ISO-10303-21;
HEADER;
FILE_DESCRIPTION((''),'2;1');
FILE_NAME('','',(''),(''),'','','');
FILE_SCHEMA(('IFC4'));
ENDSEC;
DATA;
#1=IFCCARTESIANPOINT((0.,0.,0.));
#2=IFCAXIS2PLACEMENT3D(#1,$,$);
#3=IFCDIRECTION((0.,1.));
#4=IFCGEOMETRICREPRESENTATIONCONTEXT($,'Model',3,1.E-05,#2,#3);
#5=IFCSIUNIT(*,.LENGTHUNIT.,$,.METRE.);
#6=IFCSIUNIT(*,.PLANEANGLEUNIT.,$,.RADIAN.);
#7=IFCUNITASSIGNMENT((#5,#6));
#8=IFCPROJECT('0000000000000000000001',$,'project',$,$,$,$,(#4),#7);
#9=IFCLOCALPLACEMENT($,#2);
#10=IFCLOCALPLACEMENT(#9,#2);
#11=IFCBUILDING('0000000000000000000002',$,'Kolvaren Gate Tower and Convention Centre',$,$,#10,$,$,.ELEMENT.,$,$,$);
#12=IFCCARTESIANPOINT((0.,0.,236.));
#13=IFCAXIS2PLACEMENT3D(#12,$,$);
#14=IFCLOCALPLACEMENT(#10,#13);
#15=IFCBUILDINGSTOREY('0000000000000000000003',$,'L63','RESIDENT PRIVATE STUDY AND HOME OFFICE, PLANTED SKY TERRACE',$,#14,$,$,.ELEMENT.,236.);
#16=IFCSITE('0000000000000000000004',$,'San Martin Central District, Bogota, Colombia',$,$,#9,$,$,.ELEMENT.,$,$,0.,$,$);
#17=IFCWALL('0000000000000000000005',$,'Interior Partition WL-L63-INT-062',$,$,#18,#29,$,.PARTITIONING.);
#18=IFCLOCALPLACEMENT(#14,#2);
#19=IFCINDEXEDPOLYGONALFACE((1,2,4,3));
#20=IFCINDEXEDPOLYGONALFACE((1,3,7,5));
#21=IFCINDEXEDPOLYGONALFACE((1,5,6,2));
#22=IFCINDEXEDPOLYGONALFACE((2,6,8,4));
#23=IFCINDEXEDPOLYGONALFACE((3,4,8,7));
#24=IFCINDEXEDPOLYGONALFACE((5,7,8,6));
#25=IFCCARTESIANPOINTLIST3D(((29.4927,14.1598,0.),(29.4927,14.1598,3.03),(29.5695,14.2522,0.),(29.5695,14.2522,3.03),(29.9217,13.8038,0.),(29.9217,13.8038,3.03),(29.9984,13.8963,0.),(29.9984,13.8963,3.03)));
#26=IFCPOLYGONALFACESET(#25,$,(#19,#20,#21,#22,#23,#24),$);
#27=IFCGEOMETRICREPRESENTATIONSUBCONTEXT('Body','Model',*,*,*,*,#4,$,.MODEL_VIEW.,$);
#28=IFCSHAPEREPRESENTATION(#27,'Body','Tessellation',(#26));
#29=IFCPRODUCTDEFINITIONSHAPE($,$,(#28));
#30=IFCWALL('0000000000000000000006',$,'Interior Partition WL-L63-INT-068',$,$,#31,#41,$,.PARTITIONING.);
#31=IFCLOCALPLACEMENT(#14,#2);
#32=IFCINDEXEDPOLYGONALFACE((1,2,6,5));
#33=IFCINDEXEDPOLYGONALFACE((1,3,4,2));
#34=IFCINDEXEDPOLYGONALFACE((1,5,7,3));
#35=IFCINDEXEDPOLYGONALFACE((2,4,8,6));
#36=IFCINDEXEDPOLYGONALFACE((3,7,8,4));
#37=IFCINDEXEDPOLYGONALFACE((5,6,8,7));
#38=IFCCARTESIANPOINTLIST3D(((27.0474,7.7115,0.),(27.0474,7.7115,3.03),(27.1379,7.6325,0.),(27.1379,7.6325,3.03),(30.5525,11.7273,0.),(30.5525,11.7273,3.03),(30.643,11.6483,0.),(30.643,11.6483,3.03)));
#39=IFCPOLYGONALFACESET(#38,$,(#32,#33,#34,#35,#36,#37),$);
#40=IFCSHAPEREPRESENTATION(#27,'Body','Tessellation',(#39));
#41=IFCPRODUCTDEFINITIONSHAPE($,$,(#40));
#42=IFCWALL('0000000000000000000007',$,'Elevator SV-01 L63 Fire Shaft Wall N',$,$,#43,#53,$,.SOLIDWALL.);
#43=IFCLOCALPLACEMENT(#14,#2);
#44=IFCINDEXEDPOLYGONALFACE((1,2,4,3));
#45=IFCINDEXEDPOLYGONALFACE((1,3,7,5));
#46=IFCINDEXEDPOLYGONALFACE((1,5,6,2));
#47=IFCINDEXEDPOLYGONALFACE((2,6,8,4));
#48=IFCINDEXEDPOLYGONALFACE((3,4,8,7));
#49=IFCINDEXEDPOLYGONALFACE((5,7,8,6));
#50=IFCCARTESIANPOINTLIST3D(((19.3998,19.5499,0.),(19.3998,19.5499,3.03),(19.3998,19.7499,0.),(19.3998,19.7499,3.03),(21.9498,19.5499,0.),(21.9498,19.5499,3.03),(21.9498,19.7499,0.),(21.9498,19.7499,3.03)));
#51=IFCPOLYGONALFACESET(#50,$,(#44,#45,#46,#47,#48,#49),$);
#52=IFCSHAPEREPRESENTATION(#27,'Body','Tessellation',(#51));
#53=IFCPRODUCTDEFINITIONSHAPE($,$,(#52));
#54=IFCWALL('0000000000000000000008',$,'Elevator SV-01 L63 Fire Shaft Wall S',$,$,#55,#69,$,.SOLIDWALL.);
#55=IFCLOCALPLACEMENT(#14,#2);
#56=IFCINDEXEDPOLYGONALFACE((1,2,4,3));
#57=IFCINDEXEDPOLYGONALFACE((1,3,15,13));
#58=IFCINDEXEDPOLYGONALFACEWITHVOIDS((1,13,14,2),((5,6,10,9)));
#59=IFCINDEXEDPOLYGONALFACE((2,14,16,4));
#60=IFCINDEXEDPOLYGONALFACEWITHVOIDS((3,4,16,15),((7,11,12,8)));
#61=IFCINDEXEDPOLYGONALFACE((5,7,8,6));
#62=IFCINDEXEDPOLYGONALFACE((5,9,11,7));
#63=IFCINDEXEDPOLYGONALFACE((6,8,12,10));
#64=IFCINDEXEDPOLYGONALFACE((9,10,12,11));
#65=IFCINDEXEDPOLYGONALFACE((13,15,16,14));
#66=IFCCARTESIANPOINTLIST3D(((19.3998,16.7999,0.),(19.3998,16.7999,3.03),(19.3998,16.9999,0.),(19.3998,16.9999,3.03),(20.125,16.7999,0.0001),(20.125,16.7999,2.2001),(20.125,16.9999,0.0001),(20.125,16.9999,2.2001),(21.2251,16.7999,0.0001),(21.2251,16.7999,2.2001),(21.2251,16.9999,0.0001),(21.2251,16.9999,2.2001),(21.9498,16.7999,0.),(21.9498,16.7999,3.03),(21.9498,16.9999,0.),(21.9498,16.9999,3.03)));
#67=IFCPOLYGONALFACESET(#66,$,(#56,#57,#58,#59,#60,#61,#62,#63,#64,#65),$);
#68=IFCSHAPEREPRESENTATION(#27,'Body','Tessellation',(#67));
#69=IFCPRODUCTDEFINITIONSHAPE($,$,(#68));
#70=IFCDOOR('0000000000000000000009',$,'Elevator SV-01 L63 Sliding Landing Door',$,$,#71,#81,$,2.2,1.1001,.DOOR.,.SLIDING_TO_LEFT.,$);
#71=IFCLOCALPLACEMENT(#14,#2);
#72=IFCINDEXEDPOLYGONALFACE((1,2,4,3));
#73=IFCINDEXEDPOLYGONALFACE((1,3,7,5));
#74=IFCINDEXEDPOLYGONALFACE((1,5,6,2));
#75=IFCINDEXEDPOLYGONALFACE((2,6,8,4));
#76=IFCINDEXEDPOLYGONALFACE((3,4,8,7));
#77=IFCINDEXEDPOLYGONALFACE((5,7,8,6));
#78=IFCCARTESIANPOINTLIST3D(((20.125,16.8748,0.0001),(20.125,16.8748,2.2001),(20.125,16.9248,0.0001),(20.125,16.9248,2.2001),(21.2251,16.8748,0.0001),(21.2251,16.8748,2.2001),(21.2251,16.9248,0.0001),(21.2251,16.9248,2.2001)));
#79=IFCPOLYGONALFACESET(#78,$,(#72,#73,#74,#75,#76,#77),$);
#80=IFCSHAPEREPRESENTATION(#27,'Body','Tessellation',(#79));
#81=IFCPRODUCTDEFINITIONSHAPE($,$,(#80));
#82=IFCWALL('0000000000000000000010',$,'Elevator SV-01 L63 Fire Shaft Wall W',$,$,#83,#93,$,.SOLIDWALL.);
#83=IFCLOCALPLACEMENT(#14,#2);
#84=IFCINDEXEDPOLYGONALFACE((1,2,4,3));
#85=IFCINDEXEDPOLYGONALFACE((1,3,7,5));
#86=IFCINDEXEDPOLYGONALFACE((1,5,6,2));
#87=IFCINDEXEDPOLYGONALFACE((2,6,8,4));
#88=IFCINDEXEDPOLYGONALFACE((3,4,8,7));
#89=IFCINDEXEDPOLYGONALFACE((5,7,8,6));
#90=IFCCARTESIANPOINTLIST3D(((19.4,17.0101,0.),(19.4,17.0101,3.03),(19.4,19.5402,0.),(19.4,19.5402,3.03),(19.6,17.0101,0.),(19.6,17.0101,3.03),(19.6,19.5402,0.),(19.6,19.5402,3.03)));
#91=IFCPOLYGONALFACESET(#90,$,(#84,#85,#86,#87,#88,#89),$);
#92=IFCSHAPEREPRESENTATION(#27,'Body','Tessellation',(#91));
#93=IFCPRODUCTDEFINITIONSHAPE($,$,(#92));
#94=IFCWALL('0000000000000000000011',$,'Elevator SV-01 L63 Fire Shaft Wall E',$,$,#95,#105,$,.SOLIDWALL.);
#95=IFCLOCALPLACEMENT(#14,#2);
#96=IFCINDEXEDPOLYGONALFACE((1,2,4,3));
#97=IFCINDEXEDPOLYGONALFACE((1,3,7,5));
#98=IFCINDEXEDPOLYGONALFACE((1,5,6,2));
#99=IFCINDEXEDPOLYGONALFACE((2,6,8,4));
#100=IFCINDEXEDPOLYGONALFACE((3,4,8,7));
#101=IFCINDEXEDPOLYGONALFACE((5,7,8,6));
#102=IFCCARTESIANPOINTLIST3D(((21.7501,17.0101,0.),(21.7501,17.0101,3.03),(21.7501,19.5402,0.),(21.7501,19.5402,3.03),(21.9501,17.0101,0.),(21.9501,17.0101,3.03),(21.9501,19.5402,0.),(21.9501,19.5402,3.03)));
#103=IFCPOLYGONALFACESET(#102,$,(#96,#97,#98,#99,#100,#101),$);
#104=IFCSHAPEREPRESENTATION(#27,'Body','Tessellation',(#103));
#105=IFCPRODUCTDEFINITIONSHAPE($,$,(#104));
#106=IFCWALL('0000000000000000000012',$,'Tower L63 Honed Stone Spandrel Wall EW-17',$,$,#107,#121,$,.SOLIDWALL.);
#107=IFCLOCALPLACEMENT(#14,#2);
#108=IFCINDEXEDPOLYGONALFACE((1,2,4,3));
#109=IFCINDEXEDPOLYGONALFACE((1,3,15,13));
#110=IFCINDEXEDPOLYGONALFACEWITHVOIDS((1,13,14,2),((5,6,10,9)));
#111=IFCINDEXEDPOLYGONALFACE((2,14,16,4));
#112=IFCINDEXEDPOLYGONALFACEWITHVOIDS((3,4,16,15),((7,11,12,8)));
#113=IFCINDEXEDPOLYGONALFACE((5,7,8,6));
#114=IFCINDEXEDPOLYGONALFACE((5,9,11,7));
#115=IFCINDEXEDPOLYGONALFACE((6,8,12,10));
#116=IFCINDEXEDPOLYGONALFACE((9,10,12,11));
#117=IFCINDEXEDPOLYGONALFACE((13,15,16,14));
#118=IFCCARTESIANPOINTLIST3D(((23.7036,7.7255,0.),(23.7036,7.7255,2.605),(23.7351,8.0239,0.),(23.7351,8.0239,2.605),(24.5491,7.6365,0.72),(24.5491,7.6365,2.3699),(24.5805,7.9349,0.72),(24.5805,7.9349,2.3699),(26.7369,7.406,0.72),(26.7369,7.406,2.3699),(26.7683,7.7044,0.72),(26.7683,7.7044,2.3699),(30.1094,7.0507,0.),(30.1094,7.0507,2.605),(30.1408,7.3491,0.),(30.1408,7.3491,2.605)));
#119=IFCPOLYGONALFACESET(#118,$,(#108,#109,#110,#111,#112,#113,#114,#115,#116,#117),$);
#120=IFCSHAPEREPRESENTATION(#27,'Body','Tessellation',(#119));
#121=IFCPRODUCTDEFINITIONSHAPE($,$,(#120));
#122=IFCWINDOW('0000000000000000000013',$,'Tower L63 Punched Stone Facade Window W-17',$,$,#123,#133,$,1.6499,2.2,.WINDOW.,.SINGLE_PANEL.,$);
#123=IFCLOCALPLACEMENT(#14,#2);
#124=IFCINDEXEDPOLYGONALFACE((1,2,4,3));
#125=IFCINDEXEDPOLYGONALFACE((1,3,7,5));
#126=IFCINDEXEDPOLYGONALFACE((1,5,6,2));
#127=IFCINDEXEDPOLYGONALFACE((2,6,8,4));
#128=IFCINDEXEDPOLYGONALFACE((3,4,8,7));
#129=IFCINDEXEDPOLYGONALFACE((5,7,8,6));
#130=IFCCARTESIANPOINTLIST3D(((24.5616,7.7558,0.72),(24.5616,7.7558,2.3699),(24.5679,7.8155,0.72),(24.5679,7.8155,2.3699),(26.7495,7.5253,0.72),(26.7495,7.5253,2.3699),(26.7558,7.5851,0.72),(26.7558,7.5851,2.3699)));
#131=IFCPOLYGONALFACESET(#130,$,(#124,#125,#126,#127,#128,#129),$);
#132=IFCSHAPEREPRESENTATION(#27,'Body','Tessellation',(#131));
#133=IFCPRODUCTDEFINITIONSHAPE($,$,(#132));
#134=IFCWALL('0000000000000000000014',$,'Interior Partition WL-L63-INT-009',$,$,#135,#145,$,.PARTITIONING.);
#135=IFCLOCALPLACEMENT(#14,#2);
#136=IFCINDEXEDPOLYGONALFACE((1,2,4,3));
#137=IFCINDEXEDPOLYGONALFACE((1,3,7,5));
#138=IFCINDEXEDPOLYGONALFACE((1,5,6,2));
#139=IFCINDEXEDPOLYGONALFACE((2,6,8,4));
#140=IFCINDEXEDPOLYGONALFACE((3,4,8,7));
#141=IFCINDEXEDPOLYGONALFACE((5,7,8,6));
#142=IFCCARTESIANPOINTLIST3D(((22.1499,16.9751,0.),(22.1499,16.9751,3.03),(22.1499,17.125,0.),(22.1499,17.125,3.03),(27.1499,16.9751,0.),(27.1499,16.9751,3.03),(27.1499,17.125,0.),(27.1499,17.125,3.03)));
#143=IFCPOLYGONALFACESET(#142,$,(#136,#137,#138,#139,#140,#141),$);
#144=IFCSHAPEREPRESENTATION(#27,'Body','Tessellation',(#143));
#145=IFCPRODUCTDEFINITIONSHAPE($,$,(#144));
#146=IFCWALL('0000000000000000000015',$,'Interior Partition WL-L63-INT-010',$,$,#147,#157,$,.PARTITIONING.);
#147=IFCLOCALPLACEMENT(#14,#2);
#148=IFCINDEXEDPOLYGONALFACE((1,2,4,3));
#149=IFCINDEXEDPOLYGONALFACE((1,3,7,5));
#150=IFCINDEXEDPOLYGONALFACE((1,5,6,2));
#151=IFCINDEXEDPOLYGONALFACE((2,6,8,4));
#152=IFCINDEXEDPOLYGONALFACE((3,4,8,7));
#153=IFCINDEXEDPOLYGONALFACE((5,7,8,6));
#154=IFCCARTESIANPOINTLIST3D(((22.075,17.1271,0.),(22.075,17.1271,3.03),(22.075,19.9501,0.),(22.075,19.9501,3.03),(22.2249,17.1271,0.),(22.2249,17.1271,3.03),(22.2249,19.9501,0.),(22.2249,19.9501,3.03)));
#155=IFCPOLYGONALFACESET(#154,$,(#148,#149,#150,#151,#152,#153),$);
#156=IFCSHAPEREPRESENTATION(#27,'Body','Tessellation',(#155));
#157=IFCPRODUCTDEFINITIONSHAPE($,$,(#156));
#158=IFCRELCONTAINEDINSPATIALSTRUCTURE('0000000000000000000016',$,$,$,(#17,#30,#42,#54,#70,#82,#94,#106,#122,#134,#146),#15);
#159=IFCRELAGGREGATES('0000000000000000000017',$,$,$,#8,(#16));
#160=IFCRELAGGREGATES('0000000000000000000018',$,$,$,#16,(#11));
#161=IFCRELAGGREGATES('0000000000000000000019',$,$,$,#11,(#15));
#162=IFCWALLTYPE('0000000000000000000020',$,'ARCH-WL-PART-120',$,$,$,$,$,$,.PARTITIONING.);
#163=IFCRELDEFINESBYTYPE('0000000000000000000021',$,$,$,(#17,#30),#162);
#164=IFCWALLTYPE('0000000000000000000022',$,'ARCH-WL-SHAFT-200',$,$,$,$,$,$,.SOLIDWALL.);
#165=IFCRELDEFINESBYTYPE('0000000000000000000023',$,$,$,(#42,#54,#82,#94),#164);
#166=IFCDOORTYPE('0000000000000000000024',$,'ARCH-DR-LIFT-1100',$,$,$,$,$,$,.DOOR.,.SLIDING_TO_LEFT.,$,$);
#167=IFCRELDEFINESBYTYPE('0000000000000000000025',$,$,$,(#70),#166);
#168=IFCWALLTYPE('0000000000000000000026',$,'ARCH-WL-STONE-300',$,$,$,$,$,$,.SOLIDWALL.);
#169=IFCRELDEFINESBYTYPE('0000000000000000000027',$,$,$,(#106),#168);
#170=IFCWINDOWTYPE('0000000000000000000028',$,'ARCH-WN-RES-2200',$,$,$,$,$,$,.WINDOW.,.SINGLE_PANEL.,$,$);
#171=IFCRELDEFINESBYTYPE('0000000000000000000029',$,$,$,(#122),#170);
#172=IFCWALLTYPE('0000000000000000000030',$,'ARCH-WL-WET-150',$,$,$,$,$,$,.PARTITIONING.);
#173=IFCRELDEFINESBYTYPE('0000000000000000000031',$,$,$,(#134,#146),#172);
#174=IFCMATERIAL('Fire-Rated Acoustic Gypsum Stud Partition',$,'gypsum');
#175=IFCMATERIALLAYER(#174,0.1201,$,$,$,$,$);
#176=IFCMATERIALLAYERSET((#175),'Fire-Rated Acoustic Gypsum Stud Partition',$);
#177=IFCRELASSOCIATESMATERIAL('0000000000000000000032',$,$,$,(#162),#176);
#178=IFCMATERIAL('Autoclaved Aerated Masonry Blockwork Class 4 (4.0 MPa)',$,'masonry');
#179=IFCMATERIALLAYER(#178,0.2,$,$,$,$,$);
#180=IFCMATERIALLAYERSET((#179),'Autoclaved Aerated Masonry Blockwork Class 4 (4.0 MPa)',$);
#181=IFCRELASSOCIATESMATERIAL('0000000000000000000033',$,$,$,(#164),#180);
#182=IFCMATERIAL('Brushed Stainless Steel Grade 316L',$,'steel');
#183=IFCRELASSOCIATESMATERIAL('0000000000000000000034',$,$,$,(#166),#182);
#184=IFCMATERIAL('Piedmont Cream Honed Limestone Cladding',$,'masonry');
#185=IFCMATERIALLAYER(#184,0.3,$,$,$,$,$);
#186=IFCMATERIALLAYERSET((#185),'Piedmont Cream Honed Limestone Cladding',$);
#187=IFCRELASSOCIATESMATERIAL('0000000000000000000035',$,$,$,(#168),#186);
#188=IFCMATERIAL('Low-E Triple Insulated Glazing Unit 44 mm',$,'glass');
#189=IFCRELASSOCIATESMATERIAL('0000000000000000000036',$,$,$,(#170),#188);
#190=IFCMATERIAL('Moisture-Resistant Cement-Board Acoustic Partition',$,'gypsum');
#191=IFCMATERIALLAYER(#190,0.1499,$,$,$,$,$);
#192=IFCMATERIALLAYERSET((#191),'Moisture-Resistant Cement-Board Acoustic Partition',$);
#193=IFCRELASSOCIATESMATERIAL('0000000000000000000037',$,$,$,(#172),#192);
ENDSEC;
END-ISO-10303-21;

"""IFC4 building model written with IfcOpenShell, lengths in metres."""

from ifc_helpers import new_model, si_unit, direction, frame, frame_2d, origin, place, context, subcontext, project, spatial, rectangle, extrude, material, layer, layer_set, type_object, element, fill, save


model = new_model("IFC4")

# Units and contexts
model_context = context("Model", 3, precision=1e-05, world=origin(), true_north=direction((0.0, 1.0)))
body_context = subcontext(model_context, "Body", "Model", "MODEL_VIEW")
ifc_project = project(units=[si_unit("LENGTHUNIT", "METRE"), si_unit("PLANEANGLEUNIT", "RADIAN")], contexts=[model_context])

# Site, building, storey
site_placement = place(None, origin())
site = spatial("IfcSite", under=ifc_project, at=site_placement, Name="San Martin Central District, Bogota, Colombia", CompositionType="ELEMENT", RefElevation=0.0)
building_placement = place(site_placement, origin())
building = spatial("IfcBuilding", under=site, at=building_placement, Name="Kolvaren Gate Tower and Convention Centre", CompositionType="ELEMENT")
storey_placement = place(building_placement, frame((0.0, 0.0, 236.0)))
storey = spatial("IfcBuildingStorey", under=building, at=storey_placement, Name="L63", Description="RESIDENT PRIVATE STUDY AND HOME OFFICE, PLANTED SKY TERRACE", CompositionType="ELEMENT", Elevation=236.0)

# Shared definitions
ifc_material_1 = material(Name="Fire-Rated Acoustic Gypsum Stud Partition", Category="gypsum")
ifc_layer_1 = layer(ifc_material_1, 0.1201)
ifc_layer_set_1 = layer_set([ifc_layer_1], Name="Fire-Rated Acoustic Gypsum Stud Partition")
wall_type_1 = type_object("IfcWallType", Name="ARCH-WL-PART-120", PredefinedType="PARTITIONING", material=ifc_layer_set_1)

# Walls
wall_1_placement = place(storey_placement, frame((29.531, 14.2061, 0.0), z_axis=(0.0, 0.0, 1.0), x_axis=(0.769548, -0.638589, 0.0)))
element("IfcWall", 1, at=wall_1_placement, inside=storey, type_object=wall_type_1, Name="Interior Partition WL-L63-INT-062", PredefinedType="PARTITIONING", context=body_context, shape_type="SweptSolid", body=[
    extrude(rectangle(XDim=0.5574, YDim=0.1201, at=frame_2d((0.2788, 0.0))), origin(), (0.0, 0.0, 1.0), 3.03),
])
wall_2_placement = place(storey_placement, frame((27.0928, 7.6721, 0.0), z_axis=(0.0, 0.0, 1.0), x_axis=(0.657573, 0.75339, 0.0)))
element("IfcWall", 2, at=wall_2_placement, inside=storey, type_object=wall_type_1, Name="Interior Partition WL-L63-INT-068", PredefinedType="PARTITIONING", context=body_context, shape_type="SweptSolid", body=[
    extrude(rectangle(XDim=5.3303, YDim=0.1201, at=frame_2d((2.665, 0.0))), origin(), (0.0, 0.0, 1.0), 3.03),
])
ifc_material_2 = material(Name="Autoclaved Aerated Masonry Blockwork Class 4 (4.0 MPa)", Category="masonry")
ifc_layer_2 = layer(ifc_material_2, 0.2)
ifc_layer_set_2 = layer_set([ifc_layer_2], Name="Autoclaved Aerated Masonry Blockwork Class 4 (4.0 MPa)")
wall_type_2 = type_object("IfcWallType", Name="ARCH-WL-SHAFT-200", PredefinedType="SOLIDWALL", material=ifc_layer_set_2)
wall_3_placement = place(storey_placement, frame((19.3999, 19.6499, 0.0), z_axis=(0.0, 0.0, 1.0), x_axis=(1.0, 0.0, 0.0)))
element("IfcWall", 3, at=wall_3_placement, inside=storey, type_object=wall_type_2, Name="Elevator SV-01 L63 Fire Shaft Wall N", PredefinedType="SOLIDWALL", context=body_context, shape_type="SweptSolid", body=[
    extrude(rectangle(XDim=2.55, YDim=0.2, at=frame_2d((1.2749, 0.0))), origin(), (0.0, 0.0, 1.0), 3.03),
])

# Wall, opening, door
wall_4_placement = place(storey_placement, frame((19.3999, 16.8999, 0.0), z_axis=(0.0, 0.0, 1.0), x_axis=(1.0, 0.0, 0.0)))
wall_4 = element("IfcWall", 4, at=wall_4_placement, inside=storey, type_object=wall_type_2, Name="Elevator SV-01 L63 Fire Shaft Wall S", PredefinedType="SOLIDWALL", context=body_context, shape_type="SweptSolid", body=[
    extrude(rectangle(XDim=2.55, YDim=0.2, at=frame_2d((1.2749, 0.0))), origin(), (0.0, 0.0, 1.0), 3.03),
])
opening_1_placement = place(wall_4_placement, frame((0.7251, 0.0, 0.0)))
opening_1 = element("IfcOpeningElement", 5, at=opening_1_placement, cuts=wall_4, PredefinedType="OPENING", context=body_context, shape_type="SweptSolid", body=[
    extrude(rectangle(XDim=1.1001, YDim=2.2, at=frame_2d((0.55, 1.1001))), frame((0.0, 0.1099, 0.0), z_axis=(0.0, -1.0, 0.0), x_axis=(1.0, 0.0, 0.0)), (0.0, 0.0, 1.0), 0.22),
])
ifc_material_3 = material(Name="Brushed Stainless Steel Grade 316L", Category="steel")
door_type_1 = type_object("IfcDoorType", Name="ARCH-DR-LIFT-1100", OperationType="SLIDING_TO_LEFT", PredefinedType="DOOR", material=ifc_material_3)
door_1_placement = place(opening_1_placement, origin())
door_1 = element("IfcDoor", 6, at=door_1_placement, inside=storey, type_object=door_type_1, Name="Elevator SV-01 L63 Sliding Landing Door", OperationType="SLIDING_TO_LEFT", OverallHeight=2.2, OverallWidth=1.1001, PredefinedType="DOOR", context=body_context, shape_type="SweptSolid", body=[
    extrude(rectangle(XDim=1.1001, YDim=2.2, at=frame_2d((0.55, 1.1001))), frame((0.0, 0.0249, 0.0), z_axis=(0.0, -1.0, 0.0), x_axis=(1.0, 0.0, 0.0)), (0.0, 0.0, 1.0), 0.05),
])
fill(opening_1, door_1)

# Walls
for number, where, z_axis, x_axis, name in (
    (7, (19.5, 17.01, 0.0), (0.0, 0.0, 1.0), (0.0, 1.0, 0.0), "Elevator SV-01 L63 Fire Shaft Wall W"),
    (8, (21.8501, 17.01, 0.0), (0.0, 0.0, 1.0), (0.0, 1.0, 0.0), "Elevator SV-01 L63 Fire Shaft Wall E"),
):
    element("IfcWall", number, at=place(storey_placement, frame(where, z_axis=z_axis, x_axis=x_axis)), inside=storey, type_object=wall_type_2, Name=name, PredefinedType="SOLIDWALL", context=body_context, shape_type="SweptSolid", body=[
        extrude(rectangle(XDim=2.53, YDim=0.2, at=frame_2d((1.2651, 0.0))), origin(), (0.0, 0.0, 1.0), 3.03),
    ])

# Wall, opening, window
ifc_material_4 = material(Name="Piedmont Cream Honed Limestone Cladding", Category="masonry")
ifc_layer_3 = layer(ifc_material_4, 0.3)
ifc_layer_set_3 = layer_set([ifc_layer_3], Name="Piedmont Cream Honed Limestone Cladding")
wall_type_3 = type_object("IfcWallType", Name="ARCH-WL-STONE-300", PredefinedType="SOLIDWALL", material=ifc_layer_set_3)
wall_5_placement = place(storey_placement, frame((23.7192, 7.8748, 0.0), z_axis=(0.0, 0.0, 1.0), x_axis=(0.994497, -0.104764, 0.0)))
wall_5 = element("IfcWall", 9, at=wall_5_placement, inside=storey, type_object=wall_type_3, Name="Tower L63 Honed Stone Spandrel Wall EW-17", PredefinedType="SOLIDWALL", context=body_context, shape_type="SweptSolid", body=[
    extrude(rectangle(XDim=6.4412, YDim=0.3, at=frame_2d((3.2207, 0.0))), origin(), (0.0, 0.0, 1.0), 2.605),
])
opening_2_placement = place(wall_5_placement, frame((0.8501, 0.0, 0.72)))
opening_2 = element("IfcOpeningElement", 10, at=opening_2_placement, cuts=wall_5, PredefinedType="OPENING", context=body_context, shape_type="SweptSolid", body=[
    extrude(rectangle(XDim=2.2, YDim=1.6499, at=frame_2d((1.1001, 0.825))), frame((0.0, 0.1599, 0.0), z_axis=(0.0, -1.0, 0.0), x_axis=(1.0, 0.0, 0.0)), (0.0, 0.0, 1.0), 0.3201),
])
ifc_material_5 = material(Name="Low-E Triple Insulated Glazing Unit 44 mm", Category="glass")
window_type = type_object("IfcWindowType", Name="ARCH-WN-RES-2200", PartitioningType="SINGLE_PANEL", PredefinedType="WINDOW", material=ifc_material_5)
window_placement = place(opening_2_placement, origin())
window = element("IfcWindow", 11, at=window_placement, inside=storey, type_object=window_type, Name="Tower L63 Punched Stone Facade Window W-17", OverallHeight=1.6499, OverallWidth=2.2, PartitioningType="SINGLE_PANEL", PredefinedType="WINDOW", context=body_context, shape_type="SweptSolid", body=[
    extrude(rectangle(XDim=2.2, YDim=1.6499, at=frame_2d((1.1001, 0.825))), frame((0.0, 0.03, 0.0), z_axis=(0.0, -1.0, 0.0), x_axis=(1.0, 0.0, 0.0)), (0.0, 0.0, 1.0), 0.0601),
])
fill(opening_2, window)

# Walls
ifc_material_6 = material(Name="Moisture-Resistant Cement-Board Acoustic Partition", Category="gypsum")
ifc_layer_4 = layer(ifc_material_6, 0.1499)
ifc_layer_set_4 = layer_set([ifc_layer_4], Name="Moisture-Resistant Cement-Board Acoustic Partition")
wall_type_4 = type_object("IfcWallType", Name="ARCH-WL-WET-150", PredefinedType="PARTITIONING", material=ifc_layer_set_4)
wall_6_placement = place(storey_placement, frame((22.1499, 17.05, 0.0), z_axis=(0.0, 0.0, 1.0), x_axis=(1.0, 0.0, 0.0)))
element("IfcWall", 12, at=wall_6_placement, inside=storey, type_object=wall_type_4, Name="Interior Partition WL-L63-INT-009", PredefinedType="PARTITIONING", context=body_context, shape_type="SweptSolid", body=[
    extrude(rectangle(XDim=5.0, YDim=0.1499, at=frame_2d((2.5, 0.0))), origin(), (0.0, 0.0, 1.0), 3.03),
])
wall_7_placement = place(storey_placement, frame((22.1499, 17.127, 0.0), z_axis=(0.0, 0.0, 1.0), x_axis=(0.0, 1.0, 0.0)))
element("IfcWall", 13, at=wall_7_placement, inside=storey, type_object=wall_type_4, Name="Interior Partition WL-L63-INT-010", PredefinedType="PARTITIONING", context=body_context, shape_type="SweptSolid", body=[
    extrude(rectangle(XDim=2.823, YDim=0.1499, at=frame_2d((1.4116, 0.0))), origin(), (0.0, 0.0, 1.0), 3.03),
])

save(model, "model.ifc")
